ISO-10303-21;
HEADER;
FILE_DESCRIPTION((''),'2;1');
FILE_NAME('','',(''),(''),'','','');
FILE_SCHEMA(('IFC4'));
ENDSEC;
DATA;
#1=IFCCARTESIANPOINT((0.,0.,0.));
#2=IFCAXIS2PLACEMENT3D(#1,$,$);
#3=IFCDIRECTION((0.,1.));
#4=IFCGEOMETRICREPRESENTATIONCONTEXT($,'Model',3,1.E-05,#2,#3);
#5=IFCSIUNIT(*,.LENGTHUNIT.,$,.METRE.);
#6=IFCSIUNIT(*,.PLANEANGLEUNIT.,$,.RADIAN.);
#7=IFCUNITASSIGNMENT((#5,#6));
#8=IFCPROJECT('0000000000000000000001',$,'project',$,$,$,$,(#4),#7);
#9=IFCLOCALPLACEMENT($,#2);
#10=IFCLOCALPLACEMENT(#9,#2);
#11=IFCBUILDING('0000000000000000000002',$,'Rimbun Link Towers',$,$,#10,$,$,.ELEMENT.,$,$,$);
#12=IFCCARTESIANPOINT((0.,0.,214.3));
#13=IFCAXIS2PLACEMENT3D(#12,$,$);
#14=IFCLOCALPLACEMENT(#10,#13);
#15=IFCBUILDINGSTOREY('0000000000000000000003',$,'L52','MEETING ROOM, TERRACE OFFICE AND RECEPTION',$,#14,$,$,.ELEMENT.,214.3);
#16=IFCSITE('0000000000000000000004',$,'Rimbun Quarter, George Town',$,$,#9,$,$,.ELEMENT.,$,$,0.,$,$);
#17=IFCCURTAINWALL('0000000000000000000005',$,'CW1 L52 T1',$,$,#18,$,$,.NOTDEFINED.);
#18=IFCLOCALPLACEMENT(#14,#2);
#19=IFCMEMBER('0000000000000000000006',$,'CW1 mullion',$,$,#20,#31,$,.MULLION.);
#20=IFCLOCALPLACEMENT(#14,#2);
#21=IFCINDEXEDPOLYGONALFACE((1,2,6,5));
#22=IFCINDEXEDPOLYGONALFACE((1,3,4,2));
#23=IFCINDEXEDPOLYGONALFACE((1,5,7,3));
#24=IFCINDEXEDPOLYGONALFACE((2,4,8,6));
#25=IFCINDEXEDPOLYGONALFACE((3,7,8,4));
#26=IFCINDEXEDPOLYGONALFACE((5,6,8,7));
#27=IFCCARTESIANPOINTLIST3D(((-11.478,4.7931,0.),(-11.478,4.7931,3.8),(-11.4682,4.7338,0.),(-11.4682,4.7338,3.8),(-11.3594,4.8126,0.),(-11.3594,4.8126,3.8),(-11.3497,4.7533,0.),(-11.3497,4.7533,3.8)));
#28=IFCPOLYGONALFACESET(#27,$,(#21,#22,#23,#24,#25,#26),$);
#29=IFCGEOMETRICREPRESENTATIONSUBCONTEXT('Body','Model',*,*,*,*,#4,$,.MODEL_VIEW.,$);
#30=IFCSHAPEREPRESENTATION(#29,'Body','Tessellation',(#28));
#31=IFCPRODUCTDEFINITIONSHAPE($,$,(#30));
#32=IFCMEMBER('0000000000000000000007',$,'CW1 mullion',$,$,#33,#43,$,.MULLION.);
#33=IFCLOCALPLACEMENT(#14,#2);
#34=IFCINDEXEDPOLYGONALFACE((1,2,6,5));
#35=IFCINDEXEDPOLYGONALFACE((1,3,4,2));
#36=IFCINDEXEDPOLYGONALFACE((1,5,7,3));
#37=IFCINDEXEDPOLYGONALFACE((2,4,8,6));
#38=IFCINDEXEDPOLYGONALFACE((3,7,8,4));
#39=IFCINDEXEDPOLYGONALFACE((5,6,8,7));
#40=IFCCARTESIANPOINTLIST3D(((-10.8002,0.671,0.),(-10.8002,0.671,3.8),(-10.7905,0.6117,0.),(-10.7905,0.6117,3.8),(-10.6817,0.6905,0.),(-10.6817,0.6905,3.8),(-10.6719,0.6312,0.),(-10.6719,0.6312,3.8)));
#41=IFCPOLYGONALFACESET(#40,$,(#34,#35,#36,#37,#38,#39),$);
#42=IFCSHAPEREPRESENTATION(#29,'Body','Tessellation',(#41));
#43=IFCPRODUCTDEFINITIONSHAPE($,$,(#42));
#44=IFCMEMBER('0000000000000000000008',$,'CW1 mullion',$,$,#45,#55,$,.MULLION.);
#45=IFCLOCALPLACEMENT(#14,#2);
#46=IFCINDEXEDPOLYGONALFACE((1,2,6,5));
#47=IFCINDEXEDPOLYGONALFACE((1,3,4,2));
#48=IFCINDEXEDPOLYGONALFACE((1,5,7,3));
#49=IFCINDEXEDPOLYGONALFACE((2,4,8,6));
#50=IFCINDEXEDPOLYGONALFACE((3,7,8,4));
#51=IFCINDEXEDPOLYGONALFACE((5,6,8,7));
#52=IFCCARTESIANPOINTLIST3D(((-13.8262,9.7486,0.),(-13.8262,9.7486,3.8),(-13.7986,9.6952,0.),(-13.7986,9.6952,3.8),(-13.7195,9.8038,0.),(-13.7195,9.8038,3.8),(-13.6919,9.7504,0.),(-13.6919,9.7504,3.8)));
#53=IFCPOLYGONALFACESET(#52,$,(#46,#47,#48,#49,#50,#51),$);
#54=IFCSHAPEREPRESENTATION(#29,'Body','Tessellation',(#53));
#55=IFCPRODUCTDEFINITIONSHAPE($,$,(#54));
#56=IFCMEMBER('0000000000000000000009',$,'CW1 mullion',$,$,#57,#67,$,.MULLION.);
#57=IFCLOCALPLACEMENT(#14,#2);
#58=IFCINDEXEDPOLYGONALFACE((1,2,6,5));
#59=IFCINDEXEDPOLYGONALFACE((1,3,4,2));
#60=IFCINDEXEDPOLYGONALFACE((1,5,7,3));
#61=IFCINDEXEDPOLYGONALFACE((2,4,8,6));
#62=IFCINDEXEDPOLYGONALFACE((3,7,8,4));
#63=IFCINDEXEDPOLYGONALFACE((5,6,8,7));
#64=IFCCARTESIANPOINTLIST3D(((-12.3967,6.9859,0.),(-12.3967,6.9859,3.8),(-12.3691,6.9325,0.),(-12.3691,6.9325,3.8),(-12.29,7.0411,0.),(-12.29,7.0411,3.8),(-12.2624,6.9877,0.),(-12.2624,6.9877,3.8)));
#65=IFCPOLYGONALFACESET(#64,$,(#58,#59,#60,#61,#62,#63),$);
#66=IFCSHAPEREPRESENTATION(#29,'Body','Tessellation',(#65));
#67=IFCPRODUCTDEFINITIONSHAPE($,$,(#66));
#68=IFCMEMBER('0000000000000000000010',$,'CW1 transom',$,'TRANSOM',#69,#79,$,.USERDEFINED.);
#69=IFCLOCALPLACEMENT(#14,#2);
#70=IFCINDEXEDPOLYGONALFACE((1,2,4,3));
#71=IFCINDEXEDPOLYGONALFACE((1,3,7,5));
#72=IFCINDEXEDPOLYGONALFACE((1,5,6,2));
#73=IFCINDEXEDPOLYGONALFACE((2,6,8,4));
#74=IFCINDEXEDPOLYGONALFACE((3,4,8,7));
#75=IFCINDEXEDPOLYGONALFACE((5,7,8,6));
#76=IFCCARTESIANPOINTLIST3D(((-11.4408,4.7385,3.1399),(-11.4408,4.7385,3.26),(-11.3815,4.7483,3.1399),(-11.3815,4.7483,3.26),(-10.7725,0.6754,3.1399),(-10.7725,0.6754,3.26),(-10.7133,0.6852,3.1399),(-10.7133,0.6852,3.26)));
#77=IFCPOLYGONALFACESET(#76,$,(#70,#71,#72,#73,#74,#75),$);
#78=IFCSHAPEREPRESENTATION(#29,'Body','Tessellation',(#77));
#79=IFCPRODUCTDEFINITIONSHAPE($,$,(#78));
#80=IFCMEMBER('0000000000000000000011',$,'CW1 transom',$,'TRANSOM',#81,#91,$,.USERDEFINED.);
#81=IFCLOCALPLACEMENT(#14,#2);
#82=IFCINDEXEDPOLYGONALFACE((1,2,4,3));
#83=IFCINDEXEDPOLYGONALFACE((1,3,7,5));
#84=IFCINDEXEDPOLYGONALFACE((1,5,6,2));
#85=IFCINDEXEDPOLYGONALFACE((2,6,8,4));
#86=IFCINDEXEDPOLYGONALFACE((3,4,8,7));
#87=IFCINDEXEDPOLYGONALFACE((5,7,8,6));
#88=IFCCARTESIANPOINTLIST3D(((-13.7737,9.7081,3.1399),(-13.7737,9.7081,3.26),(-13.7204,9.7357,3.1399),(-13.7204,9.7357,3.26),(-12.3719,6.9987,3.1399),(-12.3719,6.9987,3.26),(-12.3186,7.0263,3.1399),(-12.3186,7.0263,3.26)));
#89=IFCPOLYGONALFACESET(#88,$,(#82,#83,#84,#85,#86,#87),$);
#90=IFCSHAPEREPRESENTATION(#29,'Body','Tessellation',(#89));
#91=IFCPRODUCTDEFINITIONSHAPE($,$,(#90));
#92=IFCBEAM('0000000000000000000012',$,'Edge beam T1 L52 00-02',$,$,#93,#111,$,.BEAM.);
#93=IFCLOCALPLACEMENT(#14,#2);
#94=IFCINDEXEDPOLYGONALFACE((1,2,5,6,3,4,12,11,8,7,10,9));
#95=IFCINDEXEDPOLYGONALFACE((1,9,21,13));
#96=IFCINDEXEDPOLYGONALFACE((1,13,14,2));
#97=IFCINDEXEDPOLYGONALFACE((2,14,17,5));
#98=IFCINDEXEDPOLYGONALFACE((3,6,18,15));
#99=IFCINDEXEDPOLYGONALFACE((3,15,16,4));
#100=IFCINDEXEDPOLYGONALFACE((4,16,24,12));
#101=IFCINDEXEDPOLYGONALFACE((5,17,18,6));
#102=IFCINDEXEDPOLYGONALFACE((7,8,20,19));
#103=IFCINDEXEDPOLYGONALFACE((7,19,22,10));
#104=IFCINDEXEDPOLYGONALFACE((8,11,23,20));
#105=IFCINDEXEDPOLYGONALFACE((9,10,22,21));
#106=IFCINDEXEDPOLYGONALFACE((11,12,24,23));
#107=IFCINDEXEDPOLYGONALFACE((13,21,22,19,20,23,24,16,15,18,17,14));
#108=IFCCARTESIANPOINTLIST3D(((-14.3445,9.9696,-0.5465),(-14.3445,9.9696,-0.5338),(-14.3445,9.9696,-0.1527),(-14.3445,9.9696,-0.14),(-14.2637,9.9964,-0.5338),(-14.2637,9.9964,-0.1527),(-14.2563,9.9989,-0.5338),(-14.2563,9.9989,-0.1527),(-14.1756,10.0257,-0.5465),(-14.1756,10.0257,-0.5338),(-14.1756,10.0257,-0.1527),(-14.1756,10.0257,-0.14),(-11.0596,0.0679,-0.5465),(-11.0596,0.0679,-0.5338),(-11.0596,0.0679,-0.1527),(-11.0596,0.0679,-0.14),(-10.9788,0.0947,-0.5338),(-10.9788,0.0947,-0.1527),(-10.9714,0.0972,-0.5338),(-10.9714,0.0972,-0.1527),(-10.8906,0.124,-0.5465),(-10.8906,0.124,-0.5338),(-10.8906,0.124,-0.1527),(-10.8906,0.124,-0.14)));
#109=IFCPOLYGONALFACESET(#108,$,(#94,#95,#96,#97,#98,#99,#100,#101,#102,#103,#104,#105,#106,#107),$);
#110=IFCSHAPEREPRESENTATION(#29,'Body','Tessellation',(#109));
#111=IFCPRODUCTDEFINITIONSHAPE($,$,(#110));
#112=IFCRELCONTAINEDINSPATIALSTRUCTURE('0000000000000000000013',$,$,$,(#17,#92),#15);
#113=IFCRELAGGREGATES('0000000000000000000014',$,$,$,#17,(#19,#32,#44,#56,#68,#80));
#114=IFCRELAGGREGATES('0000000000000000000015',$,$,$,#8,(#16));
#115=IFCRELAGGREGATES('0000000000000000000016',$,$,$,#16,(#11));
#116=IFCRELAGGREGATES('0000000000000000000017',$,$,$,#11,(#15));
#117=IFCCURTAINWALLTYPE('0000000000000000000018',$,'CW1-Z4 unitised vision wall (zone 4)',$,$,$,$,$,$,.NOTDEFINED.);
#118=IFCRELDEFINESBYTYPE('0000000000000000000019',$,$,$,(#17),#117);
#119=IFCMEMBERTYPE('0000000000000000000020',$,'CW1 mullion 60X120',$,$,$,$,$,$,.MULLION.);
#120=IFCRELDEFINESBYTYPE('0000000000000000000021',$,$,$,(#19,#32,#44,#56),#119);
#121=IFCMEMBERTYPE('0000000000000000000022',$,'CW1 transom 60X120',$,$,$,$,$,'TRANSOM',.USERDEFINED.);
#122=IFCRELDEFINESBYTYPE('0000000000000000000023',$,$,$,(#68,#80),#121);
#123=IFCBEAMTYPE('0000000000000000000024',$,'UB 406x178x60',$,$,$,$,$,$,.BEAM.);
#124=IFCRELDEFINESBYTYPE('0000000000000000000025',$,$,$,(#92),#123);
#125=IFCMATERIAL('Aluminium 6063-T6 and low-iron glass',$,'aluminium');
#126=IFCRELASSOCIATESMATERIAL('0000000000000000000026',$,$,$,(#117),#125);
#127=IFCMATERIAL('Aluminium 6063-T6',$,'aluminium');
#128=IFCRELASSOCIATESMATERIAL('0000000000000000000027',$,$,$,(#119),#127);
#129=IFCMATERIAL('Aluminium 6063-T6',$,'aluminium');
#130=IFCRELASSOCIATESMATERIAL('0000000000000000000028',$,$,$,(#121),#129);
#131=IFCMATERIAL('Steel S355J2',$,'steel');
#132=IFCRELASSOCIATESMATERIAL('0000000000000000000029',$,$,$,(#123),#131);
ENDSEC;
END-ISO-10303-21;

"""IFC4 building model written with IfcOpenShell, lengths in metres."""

from ifc_helpers import new_model, si_unit, direction, frame, origin, origin_2d, place, context, subcontext, project, spatial, rectangle, i_section, extrude, material, material_profile, profile_set, type_object, element, aggregate, save


model = new_model("IFC4")

# Units and contexts
model_context = context("Model", 3, precision=1e-05, world=origin(), true_north=direction((0.0, 1.0)))
body_context = subcontext(model_context, "Body", "Model", "MODEL_VIEW")
ifc_project = project(units=[si_unit("LENGTHUNIT", "METRE"), si_unit("PLANEANGLEUNIT", "RADIAN")], contexts=[model_context])

# Site, building, storey
site_placement = place(None, origin())
site = spatial("IfcSite", under=ifc_project, at=site_placement, Name="Rimbun Quarter, George Town", CompositionType="ELEMENT", RefElevation=0.0)
building_placement = place(site_placement, origin())
building = spatial("IfcBuilding", under=site, at=building_placement, Name="Rimbun Link Towers", CompositionType="ELEMENT")
storey_placement = place(building_placement, frame((0.0, 0.0, 214.3)))
storey = spatial("IfcBuildingStorey", under=building, at=storey_placement, Name="L52", Description="MEETING ROOM, TERRACE OFFICE AND RECEPTION", CompositionType="ELEMENT", Elevation=214.3)

# Curtain wall, members
ifc_material_1 = material(Name="Aluminium 6063-T6 and low-iron glass", Category="aluminium")
curtain_wall_type = type_object("IfcCurtainWallType", Name="CW1-Z4 unitised vision wall (zone 4)", PredefinedType="NOTDEFINED", material=ifc_material_1)
curtain_wall_placement = place(storey_placement, origin())
curtain_wall = element("IfcCurtainWall", 1, at=curtain_wall_placement, inside=storey, type_object=curtain_wall_type, Name="CW1 L52 T1", PredefinedType="NOTDEFINED")
ifc_material_2 = material(Name="Aluminium 6063-T6", Category="aluminium")
ifc_material_profile_1 = material_profile(ifc_material_2, rectangle(XDim=0.1201, YDim=0.0601, at=origin_2d()), Name="MULLION 60X120")
ifc_profile_set_1 = profile_set([ifc_material_profile_1], Name="Aluminium 6063-T6")
member_type_1 = type_object("IfcMemberType", Name="CW1 mullion 60X120", PredefinedType="MULLION", material=ifc_profile_set_1)
member_1_placement = place(storey_placement, frame((-11.4138, 4.7732, 0.0), z_axis=(0.0, 0.0, 1.0), x_axis=(0.986747, 0.162264, 0.0)))
member_1 = element("IfcMember", 2, at=member_1_placement, type_object=member_type_1, Name="CW1 mullion", PredefinedType="MULLION", context=body_context, shape_type="SweptSolid", body=[
    extrude(rectangle(XDim=0.1201, YDim=0.0601, at=origin_2d()), origin(), (0.0, 0.0, 1.0), 3.8),
])
member_2_placement = place(storey_placement, frame((-10.7361, 0.6511, 0.0), z_axis=(0.0, 0.0, 1.0), x_axis=(0.986747, 0.162264, 0.0)))
member_2 = element("IfcMember", 3, at=member_2_placement, type_object=member_type_1, Name="CW1 mullion", PredefinedType="MULLION", context=body_context, shape_type="SweptSolid", body=[
    extrude(rectangle(XDim=0.1201, YDim=0.0601, at=origin_2d()), origin(), (0.0, 0.0, 1.0), 3.8),
])
member_3_placement = place(storey_placement, frame((-13.759, 9.7495, 0.0), z_axis=(0.0, 0.0, 1.0), x_axis=(0.88815, 0.459554, 0.0)))
member_3 = element("IfcMember", 4, at=member_3_placement, type_object=member_type_1, Name="CW1 mullion", PredefinedType="MULLION", context=body_context, shape_type="SweptSolid", body=[
    extrude(rectangle(XDim=0.1201, YDim=0.0601, at=origin_2d()), origin(), (0.0, 0.0, 1.0), 3.8),
])
member_4_placement = place(storey_placement, frame((-12.3296, 6.9868, 0.0), z_axis=(0.0, 0.0, 1.0), x_axis=(0.88815, 0.459554, 0.0)))
member_4 = element("IfcMember", 5, at=member_4_placement, type_object=member_type_1, Name="CW1 mullion", PredefinedType="MULLION", context=body_context, shape_type="SweptSolid", body=[
    extrude(rectangle(XDim=0.1201, YDim=0.0601, at=origin_2d()), origin(), (0.0, 0.0, 1.0), 3.8),
])
ifc_material_3 = material(Name="Aluminium 6063-T6", Category="aluminium")
ifc_material_profile_2 = material_profile(ifc_material_3, rectangle(XDim=0.0601, YDim=0.1201, at=origin_2d()), Name="TRANSOM 60X120")
ifc_profile_set_2 = profile_set([ifc_material_profile_2], Name="Aluminium 6063-T6")
member_type_2 = type_object("IfcMemberType", Name="CW1 transom 60X120", ElementType="TRANSOM", PredefinedType="USERDEFINED", material=ifc_profile_set_2)
member_5_placement = place(storey_placement, frame((-11.4111, 4.7434, 3.2), z_axis=(0.162283, -0.986744, 0.0), x_axis=(0.986744, 0.162283, 0.0)))
member_5 = element("IfcMember", 6, at=member_5_placement, type_object=member_type_2, Name="CW1 transom", ObjectType="TRANSOM", PredefinedType="USERDEFINED", context=body_context, shape_type="SweptSolid", body=[
    extrude(rectangle(XDim=0.0601, YDim=0.1201, at=origin_2d()), origin(), (0.0, 0.0, 1.0), 4.1177),
])
member_6_placement = place(storey_placement, frame((-13.7471, 9.7219, 3.2), z_axis=(0.459527, -0.888164, 0.0), x_axis=(0.888164, 0.459527, 0.0)))
member_6 = element("IfcMember", 7, at=member_6_placement, type_object=member_type_2, Name="CW1 transom", ObjectType="TRANSOM", PredefinedType="USERDEFINED", context=body_context, shape_type="SweptSolid", body=[
    extrude(rectangle(XDim=0.0601, YDim=0.1201, at=origin_2d()), origin(), (0.0, 0.0, 1.0), 3.0505),
])

# Beam
ifc_material_4 = material(Name="Steel S355J2", Category="steel")
ifc_material_profile_3 = material_profile(ifc_material_4, i_section(OverallWidth=0.178, OverallDepth=0.4065, WebThickness=0.0078, FlangeThickness=0.0127, at=origin_2d()), Name="UB 406x178x60")
ifc_profile_set_3 = profile_set([ifc_material_profile_3], Name="Steel S355J2")
beam_type = type_object("IfcBeamType", Name="UB 406x178x60", PredefinedType="BEAM", material=ifc_profile_set_3)
beam_placement = place(storey_placement, frame((-10.9751, 0.0959, -0.3433), z_axis=(-0.314879, 0.949132, 0.0), x_axis=(-0.949132, -0.314879, 0.0)))
element("IfcBeam", 8, at=beam_placement, inside=storey, type_object=beam_type, Name="Edge beam T1 L52 00-02", PredefinedType="BEAM", context=body_context, shape_type="SweptSolid", body=[
    extrude(i_section(OverallWidth=0.178, OverallDepth=0.4065, WebThickness=0.0078, FlangeThickness=0.0127, at=origin_2d()), origin(), (0.0, 0.0, 1.0), 10.4324),
])

aggregate(curtain_wall, [member_1, member_2, member_3, member_4, member_5, member_6])

save(model, "model.ifc")
